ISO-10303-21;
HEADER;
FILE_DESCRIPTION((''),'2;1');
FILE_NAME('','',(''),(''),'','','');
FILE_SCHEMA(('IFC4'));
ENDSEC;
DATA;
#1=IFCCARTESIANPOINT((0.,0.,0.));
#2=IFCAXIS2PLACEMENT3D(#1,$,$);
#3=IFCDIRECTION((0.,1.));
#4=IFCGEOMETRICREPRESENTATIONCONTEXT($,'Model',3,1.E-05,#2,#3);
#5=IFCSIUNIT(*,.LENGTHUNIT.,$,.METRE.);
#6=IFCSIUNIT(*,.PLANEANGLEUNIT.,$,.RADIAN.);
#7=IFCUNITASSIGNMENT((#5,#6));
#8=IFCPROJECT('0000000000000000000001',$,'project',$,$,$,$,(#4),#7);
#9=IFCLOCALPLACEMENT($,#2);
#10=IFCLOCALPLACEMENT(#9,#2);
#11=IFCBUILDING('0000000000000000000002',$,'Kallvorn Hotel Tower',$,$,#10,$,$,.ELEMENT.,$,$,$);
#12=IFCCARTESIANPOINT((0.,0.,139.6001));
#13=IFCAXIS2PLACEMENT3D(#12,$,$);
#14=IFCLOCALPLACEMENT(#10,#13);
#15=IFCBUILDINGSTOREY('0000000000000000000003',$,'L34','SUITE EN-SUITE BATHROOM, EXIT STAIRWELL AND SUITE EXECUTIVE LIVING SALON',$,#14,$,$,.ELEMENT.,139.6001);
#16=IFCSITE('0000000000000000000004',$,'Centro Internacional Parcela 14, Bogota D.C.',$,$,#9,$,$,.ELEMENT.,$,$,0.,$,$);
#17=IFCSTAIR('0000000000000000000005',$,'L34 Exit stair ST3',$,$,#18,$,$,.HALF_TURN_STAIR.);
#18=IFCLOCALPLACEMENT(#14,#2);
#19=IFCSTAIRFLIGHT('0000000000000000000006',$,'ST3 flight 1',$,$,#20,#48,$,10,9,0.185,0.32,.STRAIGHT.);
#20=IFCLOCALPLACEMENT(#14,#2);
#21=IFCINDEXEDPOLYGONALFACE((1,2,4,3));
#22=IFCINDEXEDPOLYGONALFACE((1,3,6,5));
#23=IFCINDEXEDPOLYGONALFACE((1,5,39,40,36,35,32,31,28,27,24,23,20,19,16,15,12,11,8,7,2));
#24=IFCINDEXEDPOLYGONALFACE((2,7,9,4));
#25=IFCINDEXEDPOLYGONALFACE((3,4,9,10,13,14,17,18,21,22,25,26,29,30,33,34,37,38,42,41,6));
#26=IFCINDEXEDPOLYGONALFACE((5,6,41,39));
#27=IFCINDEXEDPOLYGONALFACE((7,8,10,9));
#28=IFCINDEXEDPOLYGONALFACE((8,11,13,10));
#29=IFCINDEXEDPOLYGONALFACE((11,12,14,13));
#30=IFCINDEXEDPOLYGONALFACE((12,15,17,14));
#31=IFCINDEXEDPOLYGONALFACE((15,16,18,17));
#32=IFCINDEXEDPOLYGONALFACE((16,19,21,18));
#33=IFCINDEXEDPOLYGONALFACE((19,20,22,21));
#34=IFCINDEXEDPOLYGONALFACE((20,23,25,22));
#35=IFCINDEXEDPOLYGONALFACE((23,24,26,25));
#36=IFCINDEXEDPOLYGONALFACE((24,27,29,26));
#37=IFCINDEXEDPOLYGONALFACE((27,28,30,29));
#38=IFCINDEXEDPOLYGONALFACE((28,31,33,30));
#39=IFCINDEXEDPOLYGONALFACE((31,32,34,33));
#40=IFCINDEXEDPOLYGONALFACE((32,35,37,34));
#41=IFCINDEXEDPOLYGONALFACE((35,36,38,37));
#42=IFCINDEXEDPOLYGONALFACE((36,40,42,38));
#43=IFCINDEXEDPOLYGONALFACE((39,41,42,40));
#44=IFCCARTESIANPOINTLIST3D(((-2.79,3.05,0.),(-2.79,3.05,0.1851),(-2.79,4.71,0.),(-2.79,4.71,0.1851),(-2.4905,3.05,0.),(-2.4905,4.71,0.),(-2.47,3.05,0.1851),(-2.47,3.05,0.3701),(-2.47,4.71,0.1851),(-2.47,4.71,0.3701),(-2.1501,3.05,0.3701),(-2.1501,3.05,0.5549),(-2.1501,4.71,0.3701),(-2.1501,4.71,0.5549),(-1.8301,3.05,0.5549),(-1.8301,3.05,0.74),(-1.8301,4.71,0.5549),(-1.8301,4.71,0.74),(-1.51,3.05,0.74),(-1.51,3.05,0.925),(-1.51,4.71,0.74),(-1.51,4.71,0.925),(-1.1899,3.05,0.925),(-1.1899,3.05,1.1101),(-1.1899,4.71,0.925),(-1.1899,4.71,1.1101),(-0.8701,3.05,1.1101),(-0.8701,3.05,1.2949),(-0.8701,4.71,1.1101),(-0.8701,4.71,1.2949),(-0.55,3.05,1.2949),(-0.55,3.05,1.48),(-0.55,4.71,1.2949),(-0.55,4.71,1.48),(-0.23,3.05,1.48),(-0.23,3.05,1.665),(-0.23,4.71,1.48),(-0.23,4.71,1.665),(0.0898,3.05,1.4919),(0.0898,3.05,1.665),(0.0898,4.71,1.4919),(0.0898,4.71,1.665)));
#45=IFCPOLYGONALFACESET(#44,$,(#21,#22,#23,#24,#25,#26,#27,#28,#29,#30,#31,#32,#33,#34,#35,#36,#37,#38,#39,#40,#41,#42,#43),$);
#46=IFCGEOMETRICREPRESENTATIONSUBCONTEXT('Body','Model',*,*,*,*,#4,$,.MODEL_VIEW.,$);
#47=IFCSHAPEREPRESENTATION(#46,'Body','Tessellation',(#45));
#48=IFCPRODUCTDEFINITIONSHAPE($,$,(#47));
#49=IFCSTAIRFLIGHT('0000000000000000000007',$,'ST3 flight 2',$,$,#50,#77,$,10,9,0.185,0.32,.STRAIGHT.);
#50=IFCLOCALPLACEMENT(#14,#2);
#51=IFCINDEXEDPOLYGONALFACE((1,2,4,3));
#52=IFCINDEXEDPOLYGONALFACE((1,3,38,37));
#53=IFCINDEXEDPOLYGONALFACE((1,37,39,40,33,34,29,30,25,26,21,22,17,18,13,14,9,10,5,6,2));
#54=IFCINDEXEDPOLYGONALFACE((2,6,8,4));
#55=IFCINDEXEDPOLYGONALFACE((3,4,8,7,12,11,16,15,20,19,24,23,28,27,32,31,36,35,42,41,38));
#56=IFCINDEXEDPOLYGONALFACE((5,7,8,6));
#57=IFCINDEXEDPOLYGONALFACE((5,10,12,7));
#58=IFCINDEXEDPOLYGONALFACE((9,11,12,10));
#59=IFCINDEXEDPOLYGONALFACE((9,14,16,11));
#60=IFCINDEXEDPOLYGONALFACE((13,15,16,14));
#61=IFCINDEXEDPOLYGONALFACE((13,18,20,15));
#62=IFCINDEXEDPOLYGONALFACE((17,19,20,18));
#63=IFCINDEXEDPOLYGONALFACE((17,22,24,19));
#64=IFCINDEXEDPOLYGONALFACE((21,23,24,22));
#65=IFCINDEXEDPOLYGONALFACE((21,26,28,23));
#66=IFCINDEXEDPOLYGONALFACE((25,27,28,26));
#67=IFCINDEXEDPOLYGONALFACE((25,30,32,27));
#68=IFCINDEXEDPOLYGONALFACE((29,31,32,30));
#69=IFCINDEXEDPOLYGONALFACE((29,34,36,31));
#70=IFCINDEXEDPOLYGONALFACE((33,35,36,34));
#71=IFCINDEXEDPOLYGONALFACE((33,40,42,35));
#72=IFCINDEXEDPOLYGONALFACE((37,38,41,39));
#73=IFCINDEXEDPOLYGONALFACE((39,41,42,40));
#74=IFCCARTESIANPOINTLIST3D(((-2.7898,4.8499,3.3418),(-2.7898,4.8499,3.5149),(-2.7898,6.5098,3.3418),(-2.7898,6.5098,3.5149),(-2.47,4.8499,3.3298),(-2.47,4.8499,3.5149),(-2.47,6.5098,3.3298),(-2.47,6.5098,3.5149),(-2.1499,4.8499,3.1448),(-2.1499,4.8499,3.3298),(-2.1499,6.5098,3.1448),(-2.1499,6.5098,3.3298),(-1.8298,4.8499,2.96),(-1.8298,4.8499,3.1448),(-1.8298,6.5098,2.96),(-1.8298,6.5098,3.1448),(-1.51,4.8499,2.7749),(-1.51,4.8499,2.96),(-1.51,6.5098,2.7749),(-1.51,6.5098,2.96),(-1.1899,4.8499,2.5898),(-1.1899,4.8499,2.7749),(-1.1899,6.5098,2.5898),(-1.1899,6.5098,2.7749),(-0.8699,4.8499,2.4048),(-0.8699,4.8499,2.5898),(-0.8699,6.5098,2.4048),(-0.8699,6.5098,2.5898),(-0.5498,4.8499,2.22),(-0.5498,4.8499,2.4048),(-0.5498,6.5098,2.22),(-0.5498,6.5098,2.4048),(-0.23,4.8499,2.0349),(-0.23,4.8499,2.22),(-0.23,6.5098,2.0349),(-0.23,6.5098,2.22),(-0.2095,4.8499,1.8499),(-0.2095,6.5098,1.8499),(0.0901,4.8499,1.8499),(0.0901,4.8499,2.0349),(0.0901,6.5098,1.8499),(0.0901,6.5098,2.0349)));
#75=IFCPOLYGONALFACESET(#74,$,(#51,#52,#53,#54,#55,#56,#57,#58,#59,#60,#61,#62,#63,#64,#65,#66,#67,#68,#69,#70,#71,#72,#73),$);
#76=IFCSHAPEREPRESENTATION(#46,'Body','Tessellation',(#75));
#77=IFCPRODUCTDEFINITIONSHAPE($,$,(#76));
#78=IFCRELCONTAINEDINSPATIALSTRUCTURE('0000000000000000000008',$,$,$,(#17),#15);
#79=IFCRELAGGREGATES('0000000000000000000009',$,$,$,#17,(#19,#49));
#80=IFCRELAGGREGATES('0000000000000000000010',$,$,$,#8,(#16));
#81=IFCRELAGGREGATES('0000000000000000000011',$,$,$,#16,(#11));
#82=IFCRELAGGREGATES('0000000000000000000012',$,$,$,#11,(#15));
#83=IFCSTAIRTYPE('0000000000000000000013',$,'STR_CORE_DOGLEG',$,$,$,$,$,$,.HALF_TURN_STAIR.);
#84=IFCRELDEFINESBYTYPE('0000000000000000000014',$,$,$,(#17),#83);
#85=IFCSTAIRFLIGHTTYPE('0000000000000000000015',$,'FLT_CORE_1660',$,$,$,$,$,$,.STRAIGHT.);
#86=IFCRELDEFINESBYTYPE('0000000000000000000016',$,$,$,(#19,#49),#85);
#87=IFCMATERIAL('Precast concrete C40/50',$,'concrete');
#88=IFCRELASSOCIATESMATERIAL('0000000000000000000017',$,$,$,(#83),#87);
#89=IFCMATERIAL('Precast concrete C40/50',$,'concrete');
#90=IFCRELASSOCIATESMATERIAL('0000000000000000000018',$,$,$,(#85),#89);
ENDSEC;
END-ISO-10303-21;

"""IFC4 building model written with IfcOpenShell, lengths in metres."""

from ifc_helpers import new_model, si_unit, direction, frame, origin, place, context, subcontext, project, spatial, polyline, outline, extrude, material, type_object, element, aggregate, save


model = new_model("IFC4")

# Units and contexts
model_context = context("Model", 3, precision=1e-05, world=origin(), true_north=direction((0.0, 1.0)))
body_context = subcontext(model_context, "Body", "Model", "MODEL_VIEW")
ifc_project = project(units=[si_unit("LENGTHUNIT", "METRE"), si_unit("PLANEANGLEUNIT", "RADIAN")], contexts=[model_context])

# Site, building, storey
site_placement = place(None, origin())
site = spatial("IfcSite", under=ifc_project, at=site_placement, Name="Centro Internacional Parcela 14, Bogota D.C.", CompositionType="ELEMENT", RefElevation=0.0)
building_placement = place(site_placement, origin())
building = spatial("IfcBuilding", under=site, at=building_placement, Name="Kallvorn Hotel Tower", CompositionType="ELEMENT")
storey_placement = place(building_placement, frame((0.0, 0.0, 139.6001)))
storey = spatial("IfcBuildingStorey", under=building, at=storey_placement, Name="L34", Description="SUITE EN-SUITE BATHROOM, EXIT STAIRWELL AND SUITE EXECUTIVE LIVING SALON", CompositionType="ELEMENT", Elevation=139.6001)

# Stair, stair flights
ifc_material_1 = material(Name="Precast concrete C40/50", Category="concrete")
stair_type = type_object("IfcStairType", Name="STR_CORE_DOGLEG", PredefinedType="HALF_TURN_STAIR", material=ifc_material_1)
stair_placement = place(storey_placement, origin())
stair = element("IfcStair", 1, at=stair_placement, inside=storey, type_object=stair_type, Name="L34 Exit stair ST3", PredefinedType="HALF_TURN_STAIR")
ifc_material_2 = material(Name="Precast concrete C40/50", Category="concrete")
stair_flight_type = type_object("IfcStairFlightType", Name="FLT_CORE_1660", PredefinedType="STRAIGHT", material=ifc_material_2)
stair_flight_1_placement = place(storey_placement, frame((-2.79, 3.8799, 0.0), z_axis=(0.0, 0.0, 1.0), x_axis=(1.0, 0.0, 0.0)))
stair_flight_1 = element("IfcStairFlight", 2, at=stair_flight_1_placement, type_object=stair_flight_type, Name="ST3 flight 1", NumberOfRisers=10, NumberOfTreads=9, PredefinedType="STRAIGHT", RiserHeight=0.185, TreadLength=0.32, context=body_context, shape_type="SweptSolid", body=[
    extrude(outline(polyline([(0.0, 0.0), (0.0, 0.1851), (0.3201, 0.1851), (0.3201, 0.3701), (0.6399, 0.3701), (0.6399, 0.5549), (0.96, 0.5549), (0.96, 0.74), (1.28, 0.74), (1.28, 0.925), (1.6001, 0.925), (1.6001, 1.1101), (1.9199, 1.1101), (1.9199, 1.2949), (2.24, 1.2949), (2.24, 1.48), (2.5601, 1.48), (2.5601, 1.665), (2.8799, 1.665), (2.8799, 1.8501), (2.8799, 1.4919), (0.2996, 0.0), (0.0, 0.0)])), frame((0.0, 0.8301, 0.0), z_axis=(0.0, -1.0, 0.0), x_axis=(1.0, 0.0, 0.0)), (0.0, 0.0, 1.0), 1.6599),
])
stair_flight_2_placement = place(storey_placement, frame((0.0901, 5.6799, 1.8499), z_axis=(0.0, 0.0, 1.0), x_axis=(-1.0, 0.0, 0.0)))
stair_flight_2 = element("IfcStairFlight", 3, at=stair_flight_2_placement, type_object=stair_flight_type, Name="ST3 flight 2", NumberOfRisers=10, NumberOfTreads=9, PredefinedType="STRAIGHT", RiserHeight=0.185, TreadLength=0.32, context=body_context, shape_type="SweptSolid", body=[
    extrude(outline(polyline([(0.0, 0.0), (0.0, 0.1851), (0.3201, 0.1851), (0.3201, 0.3701), (0.6399, 0.3701), (0.6399, 0.5549), (0.96, 0.5549), (0.96, 0.74), (1.28, 0.74), (1.28, 0.925), (1.6001, 0.925), (1.6001, 1.1101), (1.9199, 1.1101), (1.9199, 1.2949), (2.24, 1.2949), (2.24, 1.48), (2.5601, 1.48), (2.5601, 1.665), (2.8799, 1.665), (2.8799, 1.8501), (2.8799, 1.4919), (0.2996, 0.0), (0.0, 0.0)])), frame((0.0, 0.8301, 0.0), z_axis=(0.0, -1.0, 0.0), x_axis=(1.0, 0.0, 0.0)), (0.0, 0.0, 1.0), 1.6599),
])
aggregate(stair, [stair_flight_1, stair_flight_2])

save(model, "model.ifc")
